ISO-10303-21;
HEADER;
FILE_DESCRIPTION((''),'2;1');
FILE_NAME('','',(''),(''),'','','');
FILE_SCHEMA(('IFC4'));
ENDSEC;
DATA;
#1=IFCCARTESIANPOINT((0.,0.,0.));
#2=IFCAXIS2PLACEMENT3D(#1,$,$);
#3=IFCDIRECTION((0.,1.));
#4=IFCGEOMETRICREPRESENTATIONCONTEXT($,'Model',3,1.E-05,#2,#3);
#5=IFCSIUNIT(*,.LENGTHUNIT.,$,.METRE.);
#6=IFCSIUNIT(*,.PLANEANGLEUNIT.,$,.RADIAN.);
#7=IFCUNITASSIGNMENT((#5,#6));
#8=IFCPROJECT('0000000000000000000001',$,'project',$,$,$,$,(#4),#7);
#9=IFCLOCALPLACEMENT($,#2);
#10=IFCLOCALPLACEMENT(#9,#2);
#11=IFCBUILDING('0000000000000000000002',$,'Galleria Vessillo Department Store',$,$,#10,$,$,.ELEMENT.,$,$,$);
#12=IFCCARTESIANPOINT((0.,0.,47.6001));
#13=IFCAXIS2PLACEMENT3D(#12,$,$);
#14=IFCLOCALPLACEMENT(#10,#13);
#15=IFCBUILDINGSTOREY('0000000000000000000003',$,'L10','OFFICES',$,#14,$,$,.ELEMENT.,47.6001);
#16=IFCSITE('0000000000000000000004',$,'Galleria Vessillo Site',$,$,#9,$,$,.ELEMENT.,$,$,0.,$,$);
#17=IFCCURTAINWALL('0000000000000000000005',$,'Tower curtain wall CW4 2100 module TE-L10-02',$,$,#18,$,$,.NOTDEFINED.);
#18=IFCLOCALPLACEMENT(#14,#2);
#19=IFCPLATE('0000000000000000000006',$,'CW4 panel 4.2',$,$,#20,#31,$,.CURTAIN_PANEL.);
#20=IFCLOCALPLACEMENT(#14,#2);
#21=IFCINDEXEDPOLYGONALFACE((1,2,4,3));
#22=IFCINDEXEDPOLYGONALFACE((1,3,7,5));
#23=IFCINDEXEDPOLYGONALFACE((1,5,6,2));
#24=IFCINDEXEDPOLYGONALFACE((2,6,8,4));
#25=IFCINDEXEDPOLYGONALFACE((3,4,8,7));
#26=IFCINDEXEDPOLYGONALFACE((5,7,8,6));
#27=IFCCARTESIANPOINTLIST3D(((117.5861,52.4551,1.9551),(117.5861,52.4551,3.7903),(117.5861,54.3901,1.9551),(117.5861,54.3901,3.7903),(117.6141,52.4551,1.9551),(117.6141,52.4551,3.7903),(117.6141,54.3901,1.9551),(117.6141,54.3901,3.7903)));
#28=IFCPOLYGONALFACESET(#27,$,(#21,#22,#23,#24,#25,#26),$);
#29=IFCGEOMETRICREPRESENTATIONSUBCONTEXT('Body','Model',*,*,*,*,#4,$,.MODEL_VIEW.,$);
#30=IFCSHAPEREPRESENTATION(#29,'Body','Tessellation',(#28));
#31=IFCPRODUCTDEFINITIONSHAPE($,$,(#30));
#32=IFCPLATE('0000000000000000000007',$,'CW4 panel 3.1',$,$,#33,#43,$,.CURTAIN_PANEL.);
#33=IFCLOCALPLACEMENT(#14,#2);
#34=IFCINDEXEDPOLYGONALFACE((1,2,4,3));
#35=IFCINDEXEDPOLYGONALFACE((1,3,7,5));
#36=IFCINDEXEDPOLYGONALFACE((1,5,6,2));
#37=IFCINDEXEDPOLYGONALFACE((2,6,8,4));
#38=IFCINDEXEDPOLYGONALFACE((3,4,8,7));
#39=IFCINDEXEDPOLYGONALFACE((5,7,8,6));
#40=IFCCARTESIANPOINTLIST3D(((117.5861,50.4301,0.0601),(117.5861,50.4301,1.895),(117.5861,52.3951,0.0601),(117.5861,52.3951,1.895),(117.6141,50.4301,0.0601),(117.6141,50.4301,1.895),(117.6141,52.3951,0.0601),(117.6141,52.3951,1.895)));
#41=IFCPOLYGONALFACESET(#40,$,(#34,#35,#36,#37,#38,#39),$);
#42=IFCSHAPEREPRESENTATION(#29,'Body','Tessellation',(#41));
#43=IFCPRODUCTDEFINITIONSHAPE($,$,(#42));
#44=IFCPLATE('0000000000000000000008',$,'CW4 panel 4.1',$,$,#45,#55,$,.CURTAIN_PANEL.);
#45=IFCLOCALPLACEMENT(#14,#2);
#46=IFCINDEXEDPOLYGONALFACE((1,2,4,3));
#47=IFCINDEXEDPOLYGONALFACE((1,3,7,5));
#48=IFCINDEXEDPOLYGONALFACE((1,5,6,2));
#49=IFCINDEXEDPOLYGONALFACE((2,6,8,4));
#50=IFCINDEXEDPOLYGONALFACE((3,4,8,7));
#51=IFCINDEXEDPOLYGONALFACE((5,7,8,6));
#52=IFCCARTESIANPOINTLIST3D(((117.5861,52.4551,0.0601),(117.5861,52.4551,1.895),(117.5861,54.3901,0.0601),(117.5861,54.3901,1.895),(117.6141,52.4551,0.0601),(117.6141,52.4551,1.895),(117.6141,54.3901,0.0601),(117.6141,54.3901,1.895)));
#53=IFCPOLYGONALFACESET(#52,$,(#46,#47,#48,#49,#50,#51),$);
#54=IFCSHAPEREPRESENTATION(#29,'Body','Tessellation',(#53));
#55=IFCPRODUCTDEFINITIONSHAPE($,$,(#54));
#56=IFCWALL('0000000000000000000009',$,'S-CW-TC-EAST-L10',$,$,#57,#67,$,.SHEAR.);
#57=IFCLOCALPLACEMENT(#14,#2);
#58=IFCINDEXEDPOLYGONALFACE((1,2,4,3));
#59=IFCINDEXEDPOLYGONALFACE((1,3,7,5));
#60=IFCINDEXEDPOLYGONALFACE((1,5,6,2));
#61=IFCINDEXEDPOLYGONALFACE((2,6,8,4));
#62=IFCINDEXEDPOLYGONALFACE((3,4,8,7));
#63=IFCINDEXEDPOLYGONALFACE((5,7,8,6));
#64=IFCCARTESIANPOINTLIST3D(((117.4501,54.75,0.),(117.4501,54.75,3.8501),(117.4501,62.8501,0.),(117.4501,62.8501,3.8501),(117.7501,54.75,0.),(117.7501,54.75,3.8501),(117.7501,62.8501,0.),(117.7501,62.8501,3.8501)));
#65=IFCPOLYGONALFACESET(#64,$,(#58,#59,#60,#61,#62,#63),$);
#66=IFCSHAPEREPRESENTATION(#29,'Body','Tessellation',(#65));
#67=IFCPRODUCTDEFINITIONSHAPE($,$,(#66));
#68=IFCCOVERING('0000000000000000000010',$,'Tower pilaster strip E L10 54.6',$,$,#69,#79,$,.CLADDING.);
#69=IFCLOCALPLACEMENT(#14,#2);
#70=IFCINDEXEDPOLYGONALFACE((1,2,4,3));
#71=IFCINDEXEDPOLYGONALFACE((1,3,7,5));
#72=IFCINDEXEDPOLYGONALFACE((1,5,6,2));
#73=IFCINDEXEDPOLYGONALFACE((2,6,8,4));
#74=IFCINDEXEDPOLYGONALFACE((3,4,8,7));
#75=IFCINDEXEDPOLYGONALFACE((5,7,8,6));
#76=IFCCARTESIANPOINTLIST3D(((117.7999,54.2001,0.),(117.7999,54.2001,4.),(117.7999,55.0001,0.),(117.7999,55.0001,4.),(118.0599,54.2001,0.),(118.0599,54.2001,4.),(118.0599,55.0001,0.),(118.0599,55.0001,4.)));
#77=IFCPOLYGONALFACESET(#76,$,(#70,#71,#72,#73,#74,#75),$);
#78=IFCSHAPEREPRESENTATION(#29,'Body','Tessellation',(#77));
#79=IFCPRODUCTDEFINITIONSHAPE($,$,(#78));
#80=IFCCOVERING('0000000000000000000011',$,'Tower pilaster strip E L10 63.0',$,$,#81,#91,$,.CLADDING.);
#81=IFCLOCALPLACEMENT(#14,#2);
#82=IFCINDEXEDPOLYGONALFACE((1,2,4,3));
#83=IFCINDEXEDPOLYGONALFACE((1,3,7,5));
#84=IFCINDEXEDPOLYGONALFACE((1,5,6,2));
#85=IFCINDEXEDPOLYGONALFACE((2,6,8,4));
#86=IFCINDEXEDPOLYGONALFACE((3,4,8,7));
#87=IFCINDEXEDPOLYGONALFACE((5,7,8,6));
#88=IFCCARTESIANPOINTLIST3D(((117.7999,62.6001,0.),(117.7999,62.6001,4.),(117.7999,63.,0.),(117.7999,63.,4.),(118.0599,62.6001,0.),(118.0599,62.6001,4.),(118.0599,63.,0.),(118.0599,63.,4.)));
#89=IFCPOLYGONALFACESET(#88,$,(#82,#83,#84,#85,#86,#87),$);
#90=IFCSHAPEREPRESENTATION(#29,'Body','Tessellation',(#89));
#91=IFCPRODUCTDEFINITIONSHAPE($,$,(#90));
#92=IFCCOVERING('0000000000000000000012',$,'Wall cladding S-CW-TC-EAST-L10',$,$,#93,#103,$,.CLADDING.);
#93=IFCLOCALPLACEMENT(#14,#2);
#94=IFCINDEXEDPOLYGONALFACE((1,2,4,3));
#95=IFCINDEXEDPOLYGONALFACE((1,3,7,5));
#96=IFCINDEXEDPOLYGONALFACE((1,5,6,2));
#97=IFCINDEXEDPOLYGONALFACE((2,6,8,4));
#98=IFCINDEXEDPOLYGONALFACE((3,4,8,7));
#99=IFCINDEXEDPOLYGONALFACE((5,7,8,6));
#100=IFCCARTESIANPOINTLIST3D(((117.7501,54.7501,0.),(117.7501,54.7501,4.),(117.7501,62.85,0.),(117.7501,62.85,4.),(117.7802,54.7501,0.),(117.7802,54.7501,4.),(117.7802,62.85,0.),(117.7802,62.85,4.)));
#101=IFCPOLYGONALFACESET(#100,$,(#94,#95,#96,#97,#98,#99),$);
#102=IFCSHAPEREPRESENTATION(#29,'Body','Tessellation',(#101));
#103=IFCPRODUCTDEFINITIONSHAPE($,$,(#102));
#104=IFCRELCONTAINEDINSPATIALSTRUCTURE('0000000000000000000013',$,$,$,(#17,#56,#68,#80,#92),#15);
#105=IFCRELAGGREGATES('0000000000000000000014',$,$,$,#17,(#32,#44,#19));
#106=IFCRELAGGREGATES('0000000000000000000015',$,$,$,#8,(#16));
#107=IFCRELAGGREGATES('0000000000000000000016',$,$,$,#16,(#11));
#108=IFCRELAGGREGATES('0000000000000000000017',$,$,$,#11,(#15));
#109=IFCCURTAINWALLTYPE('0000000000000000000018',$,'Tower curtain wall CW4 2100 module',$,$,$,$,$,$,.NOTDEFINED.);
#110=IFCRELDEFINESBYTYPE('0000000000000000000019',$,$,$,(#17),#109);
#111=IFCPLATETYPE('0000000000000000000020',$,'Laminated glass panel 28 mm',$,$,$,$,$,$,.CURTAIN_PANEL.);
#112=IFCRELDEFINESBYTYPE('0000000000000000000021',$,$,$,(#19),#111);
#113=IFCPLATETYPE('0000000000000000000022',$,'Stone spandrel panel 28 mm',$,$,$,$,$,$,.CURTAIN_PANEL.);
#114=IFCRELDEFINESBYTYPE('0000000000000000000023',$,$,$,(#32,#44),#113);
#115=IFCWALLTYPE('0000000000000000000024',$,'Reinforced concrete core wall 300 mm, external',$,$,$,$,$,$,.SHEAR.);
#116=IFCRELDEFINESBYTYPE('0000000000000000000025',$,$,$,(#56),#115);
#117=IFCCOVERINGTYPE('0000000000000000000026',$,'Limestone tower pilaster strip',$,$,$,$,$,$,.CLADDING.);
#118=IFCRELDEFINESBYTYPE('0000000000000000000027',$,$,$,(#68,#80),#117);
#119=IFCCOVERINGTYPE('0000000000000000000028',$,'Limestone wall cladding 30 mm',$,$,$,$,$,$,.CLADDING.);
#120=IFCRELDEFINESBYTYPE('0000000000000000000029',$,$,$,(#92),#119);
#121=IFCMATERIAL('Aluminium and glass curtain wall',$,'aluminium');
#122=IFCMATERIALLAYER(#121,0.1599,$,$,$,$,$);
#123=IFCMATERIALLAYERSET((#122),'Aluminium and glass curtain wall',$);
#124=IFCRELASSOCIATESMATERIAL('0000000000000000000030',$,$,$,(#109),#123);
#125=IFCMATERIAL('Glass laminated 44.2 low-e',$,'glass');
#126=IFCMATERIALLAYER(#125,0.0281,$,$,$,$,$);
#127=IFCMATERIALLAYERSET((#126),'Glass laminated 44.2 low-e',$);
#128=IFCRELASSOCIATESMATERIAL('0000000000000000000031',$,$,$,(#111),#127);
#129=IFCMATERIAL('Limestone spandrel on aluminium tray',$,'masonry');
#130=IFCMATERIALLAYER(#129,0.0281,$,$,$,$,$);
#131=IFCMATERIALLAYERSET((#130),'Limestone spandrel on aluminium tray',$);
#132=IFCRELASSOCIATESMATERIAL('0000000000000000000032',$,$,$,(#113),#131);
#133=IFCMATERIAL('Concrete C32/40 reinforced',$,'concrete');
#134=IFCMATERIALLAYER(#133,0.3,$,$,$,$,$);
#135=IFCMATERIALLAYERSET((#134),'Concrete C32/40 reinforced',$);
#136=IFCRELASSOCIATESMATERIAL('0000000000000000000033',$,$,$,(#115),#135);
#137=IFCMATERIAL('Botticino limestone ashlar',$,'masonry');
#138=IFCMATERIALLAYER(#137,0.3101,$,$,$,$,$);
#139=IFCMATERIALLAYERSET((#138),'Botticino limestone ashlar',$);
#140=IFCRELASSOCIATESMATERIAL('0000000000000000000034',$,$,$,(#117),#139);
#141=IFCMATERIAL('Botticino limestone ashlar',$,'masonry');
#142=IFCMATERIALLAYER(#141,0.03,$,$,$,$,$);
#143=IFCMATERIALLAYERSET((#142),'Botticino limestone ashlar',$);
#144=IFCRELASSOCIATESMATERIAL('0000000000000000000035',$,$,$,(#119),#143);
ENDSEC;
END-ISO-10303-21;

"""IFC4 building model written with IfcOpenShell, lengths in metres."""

from ifc_helpers import new_model, si_unit, direction, frame, frame_2d, origin, origin_2d, place, context, subcontext, project, spatial, rectangle, extrude, material, layer, layer_set, type_object, element, aggregate, save


model = new_model("IFC4")

# Units and contexts
model_context = context("Model", 3, precision=1e-05, world=origin(), true_north=direction((0.0, 1.0)))
body_context = subcontext(model_context, "Body", "Model", "MODEL_VIEW")
ifc_project = project(units=[si_unit("LENGTHUNIT", "METRE"), si_unit("PLANEANGLEUNIT", "RADIAN")], contexts=[model_context])

# Site, building, storey
site_placement = place(None, origin())
site = spatial("IfcSite", under=ifc_project, at=site_placement, Name="Galleria Vessillo Site", CompositionType="ELEMENT", RefElevation=0.0)
building_placement = place(site_placement, origin())
building = spatial("IfcBuilding", under=site, at=building_placement, Name="Galleria Vessillo Department Store", CompositionType="ELEMENT")
storey_placement = place(building_placement, frame((0.0, 0.0, 47.6001)))
storey = spatial("IfcBuildingStorey", under=building, at=storey_placement, Name="L10", Description="OFFICES", CompositionType="ELEMENT", Elevation=47.6001)

# Curtain wall, plates
ifc_material_1 = material(Name="Aluminium and glass curtain wall", Category="aluminium")
ifc_layer_1 = layer(ifc_material_1, 0.1599)
ifc_layer_set_1 = layer_set([ifc_layer_1], Name="Aluminium and glass curtain wall")
curtain_wall_type = type_object("IfcCurtainWallType", Name="Tower curtain wall CW4 2100 module", PredefinedType="NOTDEFINED", material=ifc_layer_set_1)
curtain_wall_placement = place(storey_placement, origin())
curtain_wall = element("IfcCurtainWall", 1, at=curtain_wall_placement, inside=storey, type_object=curtain_wall_type, Name="Tower curtain wall CW4 2100 module TE-L10-02", PredefinedType="NOTDEFINED")
ifc_material_2 = material(Name="Glass laminated 44.2 low-e", Category="glass")
ifc_layer_2 = layer(ifc_material_2, 0.0281)
ifc_layer_set_2 = layer_set([ifc_layer_2], Name="Glass laminated 44.2 low-e")
plate_type_1 = type_object("IfcPlateType", Name="Laminated glass panel 28 mm", PredefinedType="CURTAIN_PANEL", material=ifc_layer_set_2)
plate_1_placement = place(storey_placement, frame((117.6001, 53.4226, 1.9551), z_axis=(0.0, 0.0, 1.0), x_axis=(0.0, 1.0, 0.0)))
plate_1 = element("IfcPlate", 2, at=plate_1_placement, type_object=plate_type_1, Name="CW4 panel 4.2", PredefinedType="CURTAIN_PANEL", context=body_context, shape_type="SweptSolid", body=[
    extrude(rectangle(XDim=1.9351, YDim=0.0281, at=origin_2d()), origin(), (0.0, 0.0, 1.0), 1.8352),
])
ifc_material_3 = material(Name="Limestone spandrel on aluminium tray", Category="masonry")
ifc_layer_3 = layer(ifc_material_3, 0.0281)
ifc_layer_set_3 = layer_set([ifc_layer_3], Name="Limestone spandrel on aluminium tray")
plate_type_2 = type_object("IfcPlateType", Name="Stone spandrel panel 28 mm", PredefinedType="CURTAIN_PANEL", material=ifc_layer_set_3)
plate_2_placement = place(storey_placement, frame((117.6001, 51.4126, 0.0601), z_axis=(0.0, 0.0, 1.0), x_axis=(0.0, 1.0, 0.0)))
plate_2 = element("IfcPlate", 3, at=plate_2_placement, type_object=plate_type_2, Name="CW4 panel 3.1", PredefinedType="CURTAIN_PANEL", context=body_context, shape_type="SweptSolid", body=[
    extrude(rectangle(XDim=1.9651, YDim=0.0281, at=origin_2d()), origin(), (0.0, 0.0, 1.0), 1.835),
])
plate_3_placement = place(storey_placement, frame((117.6001, 53.4226, 0.0601), z_axis=(0.0, 0.0, 1.0), x_axis=(0.0, 1.0, 0.0)))
plate_3 = element("IfcPlate", 4, at=plate_3_placement, type_object=plate_type_2, Name="CW4 panel 4.1", PredefinedType="CURTAIN_PANEL", context=body_context, shape_type="SweptSolid", body=[
    extrude(rectangle(XDim=1.9351, YDim=0.0281, at=origin_2d()), origin(), (0.0, 0.0, 1.0), 1.835),
])
aggregate(curtain_wall, [plate_2, plate_3, plate_1])

# Wall
ifc_material_4 = material(Name="Concrete C32/40 reinforced", Category="concrete")
ifc_layer_4 = layer(ifc_material_4, 0.3)
ifc_layer_set_4 = layer_set([ifc_layer_4], Name="Concrete C32/40 reinforced")
wall_type = type_object("IfcWallType", Name="Reinforced concrete core wall 300 mm, external", PredefinedType="SHEAR", material=ifc_layer_set_4)
wall_placement = place(storey_placement, frame((117.6001, 54.75, 0.0), z_axis=(0.0, 0.0, 1.0), x_axis=(0.0, 1.0, 0.0)))
element("IfcWall", 5, at=wall_placement, inside=storey, type_object=wall_type, Name="S-CW-TC-EAST-L10", PredefinedType="SHEAR", context=body_context, shape_type="SweptSolid", body=[
    extrude(rectangle(XDim=8.1001, YDim=0.3, at=frame_2d((4.05, 0.0))), origin(), (0.0, 0.0, 1.0), 3.8501),
])

# Coverings
ifc_material_5 = material(Name="Botticino limestone ashlar", Category="masonry")
ifc_layer_5 = layer(ifc_material_5, 0.3101)
ifc_layer_set_5 = layer_set([ifc_layer_5], Name="Botticino limestone ashlar")
covering_type_1 = type_object("IfcCoveringType", Name="Limestone tower pilaster strip", PredefinedType="CLADDING", material=ifc_layer_set_5)
covering_1_placement = place(storey_placement, frame((117.9299, 54.6001, 0.0), z_axis=(0.0, 0.0, 1.0), x_axis=(1.0, 0.0, 0.0)))
element("IfcCovering", 6, at=covering_1_placement, inside=storey, type_object=covering_type_1, Name="Tower pilaster strip E L10 54.6", PredefinedType="CLADDING", context=body_context, shape_type="SweptSolid", body=[
    extrude(rectangle(XDim=0.26, YDim=0.8, at=origin_2d()), origin(), (0.0, 0.0, 1.0), 4.0),
])
covering_2_placement = place(storey_placement, frame((117.9299, 62.8, 0.0), z_axis=(0.0, 0.0, 1.0), x_axis=(1.0, 0.0, 0.0)))
element("IfcCovering", 7, at=covering_2_placement, inside=storey, type_object=covering_type_1, Name="Tower pilaster strip E L10 63.0", PredefinedType="CLADDING", context=body_context, shape_type="SweptSolid", body=[
    extrude(rectangle(XDim=0.26, YDim=0.3999, at=origin_2d()), origin(), (0.0, 0.0, 1.0), 4.0),
])
ifc_material_6 = material(Name="Botticino limestone ashlar", Category="masonry")
ifc_layer_6 = layer(ifc_material_6, 0.03)
ifc_layer_set_6 = layer_set([ifc_layer_6], Name="Botticino limestone ashlar")
covering_type_2 = type_object("IfcCoveringType", Name="Limestone wall cladding 30 mm", PredefinedType="CLADDING", material=ifc_layer_set_6)
covering_3_placement = place(storey_placement, frame((117.7651, 58.8, 0.0), z_axis=(0.0, 0.0, 1.0), x_axis=(1.0, 0.0, 0.0)))
element("IfcCovering", 8, at=covering_3_placement, inside=storey, type_object=covering_type_2, Name="Wall cladding S-CW-TC-EAST-L10", PredefinedType="CLADDING", context=body_context, shape_type="SweptSolid", body=[
    extrude(rectangle(XDim=0.03, YDim=8.0999, at=origin_2d()), origin(), (0.0, 0.0, 1.0), 4.0),
])

save(model, "model.ifc")
